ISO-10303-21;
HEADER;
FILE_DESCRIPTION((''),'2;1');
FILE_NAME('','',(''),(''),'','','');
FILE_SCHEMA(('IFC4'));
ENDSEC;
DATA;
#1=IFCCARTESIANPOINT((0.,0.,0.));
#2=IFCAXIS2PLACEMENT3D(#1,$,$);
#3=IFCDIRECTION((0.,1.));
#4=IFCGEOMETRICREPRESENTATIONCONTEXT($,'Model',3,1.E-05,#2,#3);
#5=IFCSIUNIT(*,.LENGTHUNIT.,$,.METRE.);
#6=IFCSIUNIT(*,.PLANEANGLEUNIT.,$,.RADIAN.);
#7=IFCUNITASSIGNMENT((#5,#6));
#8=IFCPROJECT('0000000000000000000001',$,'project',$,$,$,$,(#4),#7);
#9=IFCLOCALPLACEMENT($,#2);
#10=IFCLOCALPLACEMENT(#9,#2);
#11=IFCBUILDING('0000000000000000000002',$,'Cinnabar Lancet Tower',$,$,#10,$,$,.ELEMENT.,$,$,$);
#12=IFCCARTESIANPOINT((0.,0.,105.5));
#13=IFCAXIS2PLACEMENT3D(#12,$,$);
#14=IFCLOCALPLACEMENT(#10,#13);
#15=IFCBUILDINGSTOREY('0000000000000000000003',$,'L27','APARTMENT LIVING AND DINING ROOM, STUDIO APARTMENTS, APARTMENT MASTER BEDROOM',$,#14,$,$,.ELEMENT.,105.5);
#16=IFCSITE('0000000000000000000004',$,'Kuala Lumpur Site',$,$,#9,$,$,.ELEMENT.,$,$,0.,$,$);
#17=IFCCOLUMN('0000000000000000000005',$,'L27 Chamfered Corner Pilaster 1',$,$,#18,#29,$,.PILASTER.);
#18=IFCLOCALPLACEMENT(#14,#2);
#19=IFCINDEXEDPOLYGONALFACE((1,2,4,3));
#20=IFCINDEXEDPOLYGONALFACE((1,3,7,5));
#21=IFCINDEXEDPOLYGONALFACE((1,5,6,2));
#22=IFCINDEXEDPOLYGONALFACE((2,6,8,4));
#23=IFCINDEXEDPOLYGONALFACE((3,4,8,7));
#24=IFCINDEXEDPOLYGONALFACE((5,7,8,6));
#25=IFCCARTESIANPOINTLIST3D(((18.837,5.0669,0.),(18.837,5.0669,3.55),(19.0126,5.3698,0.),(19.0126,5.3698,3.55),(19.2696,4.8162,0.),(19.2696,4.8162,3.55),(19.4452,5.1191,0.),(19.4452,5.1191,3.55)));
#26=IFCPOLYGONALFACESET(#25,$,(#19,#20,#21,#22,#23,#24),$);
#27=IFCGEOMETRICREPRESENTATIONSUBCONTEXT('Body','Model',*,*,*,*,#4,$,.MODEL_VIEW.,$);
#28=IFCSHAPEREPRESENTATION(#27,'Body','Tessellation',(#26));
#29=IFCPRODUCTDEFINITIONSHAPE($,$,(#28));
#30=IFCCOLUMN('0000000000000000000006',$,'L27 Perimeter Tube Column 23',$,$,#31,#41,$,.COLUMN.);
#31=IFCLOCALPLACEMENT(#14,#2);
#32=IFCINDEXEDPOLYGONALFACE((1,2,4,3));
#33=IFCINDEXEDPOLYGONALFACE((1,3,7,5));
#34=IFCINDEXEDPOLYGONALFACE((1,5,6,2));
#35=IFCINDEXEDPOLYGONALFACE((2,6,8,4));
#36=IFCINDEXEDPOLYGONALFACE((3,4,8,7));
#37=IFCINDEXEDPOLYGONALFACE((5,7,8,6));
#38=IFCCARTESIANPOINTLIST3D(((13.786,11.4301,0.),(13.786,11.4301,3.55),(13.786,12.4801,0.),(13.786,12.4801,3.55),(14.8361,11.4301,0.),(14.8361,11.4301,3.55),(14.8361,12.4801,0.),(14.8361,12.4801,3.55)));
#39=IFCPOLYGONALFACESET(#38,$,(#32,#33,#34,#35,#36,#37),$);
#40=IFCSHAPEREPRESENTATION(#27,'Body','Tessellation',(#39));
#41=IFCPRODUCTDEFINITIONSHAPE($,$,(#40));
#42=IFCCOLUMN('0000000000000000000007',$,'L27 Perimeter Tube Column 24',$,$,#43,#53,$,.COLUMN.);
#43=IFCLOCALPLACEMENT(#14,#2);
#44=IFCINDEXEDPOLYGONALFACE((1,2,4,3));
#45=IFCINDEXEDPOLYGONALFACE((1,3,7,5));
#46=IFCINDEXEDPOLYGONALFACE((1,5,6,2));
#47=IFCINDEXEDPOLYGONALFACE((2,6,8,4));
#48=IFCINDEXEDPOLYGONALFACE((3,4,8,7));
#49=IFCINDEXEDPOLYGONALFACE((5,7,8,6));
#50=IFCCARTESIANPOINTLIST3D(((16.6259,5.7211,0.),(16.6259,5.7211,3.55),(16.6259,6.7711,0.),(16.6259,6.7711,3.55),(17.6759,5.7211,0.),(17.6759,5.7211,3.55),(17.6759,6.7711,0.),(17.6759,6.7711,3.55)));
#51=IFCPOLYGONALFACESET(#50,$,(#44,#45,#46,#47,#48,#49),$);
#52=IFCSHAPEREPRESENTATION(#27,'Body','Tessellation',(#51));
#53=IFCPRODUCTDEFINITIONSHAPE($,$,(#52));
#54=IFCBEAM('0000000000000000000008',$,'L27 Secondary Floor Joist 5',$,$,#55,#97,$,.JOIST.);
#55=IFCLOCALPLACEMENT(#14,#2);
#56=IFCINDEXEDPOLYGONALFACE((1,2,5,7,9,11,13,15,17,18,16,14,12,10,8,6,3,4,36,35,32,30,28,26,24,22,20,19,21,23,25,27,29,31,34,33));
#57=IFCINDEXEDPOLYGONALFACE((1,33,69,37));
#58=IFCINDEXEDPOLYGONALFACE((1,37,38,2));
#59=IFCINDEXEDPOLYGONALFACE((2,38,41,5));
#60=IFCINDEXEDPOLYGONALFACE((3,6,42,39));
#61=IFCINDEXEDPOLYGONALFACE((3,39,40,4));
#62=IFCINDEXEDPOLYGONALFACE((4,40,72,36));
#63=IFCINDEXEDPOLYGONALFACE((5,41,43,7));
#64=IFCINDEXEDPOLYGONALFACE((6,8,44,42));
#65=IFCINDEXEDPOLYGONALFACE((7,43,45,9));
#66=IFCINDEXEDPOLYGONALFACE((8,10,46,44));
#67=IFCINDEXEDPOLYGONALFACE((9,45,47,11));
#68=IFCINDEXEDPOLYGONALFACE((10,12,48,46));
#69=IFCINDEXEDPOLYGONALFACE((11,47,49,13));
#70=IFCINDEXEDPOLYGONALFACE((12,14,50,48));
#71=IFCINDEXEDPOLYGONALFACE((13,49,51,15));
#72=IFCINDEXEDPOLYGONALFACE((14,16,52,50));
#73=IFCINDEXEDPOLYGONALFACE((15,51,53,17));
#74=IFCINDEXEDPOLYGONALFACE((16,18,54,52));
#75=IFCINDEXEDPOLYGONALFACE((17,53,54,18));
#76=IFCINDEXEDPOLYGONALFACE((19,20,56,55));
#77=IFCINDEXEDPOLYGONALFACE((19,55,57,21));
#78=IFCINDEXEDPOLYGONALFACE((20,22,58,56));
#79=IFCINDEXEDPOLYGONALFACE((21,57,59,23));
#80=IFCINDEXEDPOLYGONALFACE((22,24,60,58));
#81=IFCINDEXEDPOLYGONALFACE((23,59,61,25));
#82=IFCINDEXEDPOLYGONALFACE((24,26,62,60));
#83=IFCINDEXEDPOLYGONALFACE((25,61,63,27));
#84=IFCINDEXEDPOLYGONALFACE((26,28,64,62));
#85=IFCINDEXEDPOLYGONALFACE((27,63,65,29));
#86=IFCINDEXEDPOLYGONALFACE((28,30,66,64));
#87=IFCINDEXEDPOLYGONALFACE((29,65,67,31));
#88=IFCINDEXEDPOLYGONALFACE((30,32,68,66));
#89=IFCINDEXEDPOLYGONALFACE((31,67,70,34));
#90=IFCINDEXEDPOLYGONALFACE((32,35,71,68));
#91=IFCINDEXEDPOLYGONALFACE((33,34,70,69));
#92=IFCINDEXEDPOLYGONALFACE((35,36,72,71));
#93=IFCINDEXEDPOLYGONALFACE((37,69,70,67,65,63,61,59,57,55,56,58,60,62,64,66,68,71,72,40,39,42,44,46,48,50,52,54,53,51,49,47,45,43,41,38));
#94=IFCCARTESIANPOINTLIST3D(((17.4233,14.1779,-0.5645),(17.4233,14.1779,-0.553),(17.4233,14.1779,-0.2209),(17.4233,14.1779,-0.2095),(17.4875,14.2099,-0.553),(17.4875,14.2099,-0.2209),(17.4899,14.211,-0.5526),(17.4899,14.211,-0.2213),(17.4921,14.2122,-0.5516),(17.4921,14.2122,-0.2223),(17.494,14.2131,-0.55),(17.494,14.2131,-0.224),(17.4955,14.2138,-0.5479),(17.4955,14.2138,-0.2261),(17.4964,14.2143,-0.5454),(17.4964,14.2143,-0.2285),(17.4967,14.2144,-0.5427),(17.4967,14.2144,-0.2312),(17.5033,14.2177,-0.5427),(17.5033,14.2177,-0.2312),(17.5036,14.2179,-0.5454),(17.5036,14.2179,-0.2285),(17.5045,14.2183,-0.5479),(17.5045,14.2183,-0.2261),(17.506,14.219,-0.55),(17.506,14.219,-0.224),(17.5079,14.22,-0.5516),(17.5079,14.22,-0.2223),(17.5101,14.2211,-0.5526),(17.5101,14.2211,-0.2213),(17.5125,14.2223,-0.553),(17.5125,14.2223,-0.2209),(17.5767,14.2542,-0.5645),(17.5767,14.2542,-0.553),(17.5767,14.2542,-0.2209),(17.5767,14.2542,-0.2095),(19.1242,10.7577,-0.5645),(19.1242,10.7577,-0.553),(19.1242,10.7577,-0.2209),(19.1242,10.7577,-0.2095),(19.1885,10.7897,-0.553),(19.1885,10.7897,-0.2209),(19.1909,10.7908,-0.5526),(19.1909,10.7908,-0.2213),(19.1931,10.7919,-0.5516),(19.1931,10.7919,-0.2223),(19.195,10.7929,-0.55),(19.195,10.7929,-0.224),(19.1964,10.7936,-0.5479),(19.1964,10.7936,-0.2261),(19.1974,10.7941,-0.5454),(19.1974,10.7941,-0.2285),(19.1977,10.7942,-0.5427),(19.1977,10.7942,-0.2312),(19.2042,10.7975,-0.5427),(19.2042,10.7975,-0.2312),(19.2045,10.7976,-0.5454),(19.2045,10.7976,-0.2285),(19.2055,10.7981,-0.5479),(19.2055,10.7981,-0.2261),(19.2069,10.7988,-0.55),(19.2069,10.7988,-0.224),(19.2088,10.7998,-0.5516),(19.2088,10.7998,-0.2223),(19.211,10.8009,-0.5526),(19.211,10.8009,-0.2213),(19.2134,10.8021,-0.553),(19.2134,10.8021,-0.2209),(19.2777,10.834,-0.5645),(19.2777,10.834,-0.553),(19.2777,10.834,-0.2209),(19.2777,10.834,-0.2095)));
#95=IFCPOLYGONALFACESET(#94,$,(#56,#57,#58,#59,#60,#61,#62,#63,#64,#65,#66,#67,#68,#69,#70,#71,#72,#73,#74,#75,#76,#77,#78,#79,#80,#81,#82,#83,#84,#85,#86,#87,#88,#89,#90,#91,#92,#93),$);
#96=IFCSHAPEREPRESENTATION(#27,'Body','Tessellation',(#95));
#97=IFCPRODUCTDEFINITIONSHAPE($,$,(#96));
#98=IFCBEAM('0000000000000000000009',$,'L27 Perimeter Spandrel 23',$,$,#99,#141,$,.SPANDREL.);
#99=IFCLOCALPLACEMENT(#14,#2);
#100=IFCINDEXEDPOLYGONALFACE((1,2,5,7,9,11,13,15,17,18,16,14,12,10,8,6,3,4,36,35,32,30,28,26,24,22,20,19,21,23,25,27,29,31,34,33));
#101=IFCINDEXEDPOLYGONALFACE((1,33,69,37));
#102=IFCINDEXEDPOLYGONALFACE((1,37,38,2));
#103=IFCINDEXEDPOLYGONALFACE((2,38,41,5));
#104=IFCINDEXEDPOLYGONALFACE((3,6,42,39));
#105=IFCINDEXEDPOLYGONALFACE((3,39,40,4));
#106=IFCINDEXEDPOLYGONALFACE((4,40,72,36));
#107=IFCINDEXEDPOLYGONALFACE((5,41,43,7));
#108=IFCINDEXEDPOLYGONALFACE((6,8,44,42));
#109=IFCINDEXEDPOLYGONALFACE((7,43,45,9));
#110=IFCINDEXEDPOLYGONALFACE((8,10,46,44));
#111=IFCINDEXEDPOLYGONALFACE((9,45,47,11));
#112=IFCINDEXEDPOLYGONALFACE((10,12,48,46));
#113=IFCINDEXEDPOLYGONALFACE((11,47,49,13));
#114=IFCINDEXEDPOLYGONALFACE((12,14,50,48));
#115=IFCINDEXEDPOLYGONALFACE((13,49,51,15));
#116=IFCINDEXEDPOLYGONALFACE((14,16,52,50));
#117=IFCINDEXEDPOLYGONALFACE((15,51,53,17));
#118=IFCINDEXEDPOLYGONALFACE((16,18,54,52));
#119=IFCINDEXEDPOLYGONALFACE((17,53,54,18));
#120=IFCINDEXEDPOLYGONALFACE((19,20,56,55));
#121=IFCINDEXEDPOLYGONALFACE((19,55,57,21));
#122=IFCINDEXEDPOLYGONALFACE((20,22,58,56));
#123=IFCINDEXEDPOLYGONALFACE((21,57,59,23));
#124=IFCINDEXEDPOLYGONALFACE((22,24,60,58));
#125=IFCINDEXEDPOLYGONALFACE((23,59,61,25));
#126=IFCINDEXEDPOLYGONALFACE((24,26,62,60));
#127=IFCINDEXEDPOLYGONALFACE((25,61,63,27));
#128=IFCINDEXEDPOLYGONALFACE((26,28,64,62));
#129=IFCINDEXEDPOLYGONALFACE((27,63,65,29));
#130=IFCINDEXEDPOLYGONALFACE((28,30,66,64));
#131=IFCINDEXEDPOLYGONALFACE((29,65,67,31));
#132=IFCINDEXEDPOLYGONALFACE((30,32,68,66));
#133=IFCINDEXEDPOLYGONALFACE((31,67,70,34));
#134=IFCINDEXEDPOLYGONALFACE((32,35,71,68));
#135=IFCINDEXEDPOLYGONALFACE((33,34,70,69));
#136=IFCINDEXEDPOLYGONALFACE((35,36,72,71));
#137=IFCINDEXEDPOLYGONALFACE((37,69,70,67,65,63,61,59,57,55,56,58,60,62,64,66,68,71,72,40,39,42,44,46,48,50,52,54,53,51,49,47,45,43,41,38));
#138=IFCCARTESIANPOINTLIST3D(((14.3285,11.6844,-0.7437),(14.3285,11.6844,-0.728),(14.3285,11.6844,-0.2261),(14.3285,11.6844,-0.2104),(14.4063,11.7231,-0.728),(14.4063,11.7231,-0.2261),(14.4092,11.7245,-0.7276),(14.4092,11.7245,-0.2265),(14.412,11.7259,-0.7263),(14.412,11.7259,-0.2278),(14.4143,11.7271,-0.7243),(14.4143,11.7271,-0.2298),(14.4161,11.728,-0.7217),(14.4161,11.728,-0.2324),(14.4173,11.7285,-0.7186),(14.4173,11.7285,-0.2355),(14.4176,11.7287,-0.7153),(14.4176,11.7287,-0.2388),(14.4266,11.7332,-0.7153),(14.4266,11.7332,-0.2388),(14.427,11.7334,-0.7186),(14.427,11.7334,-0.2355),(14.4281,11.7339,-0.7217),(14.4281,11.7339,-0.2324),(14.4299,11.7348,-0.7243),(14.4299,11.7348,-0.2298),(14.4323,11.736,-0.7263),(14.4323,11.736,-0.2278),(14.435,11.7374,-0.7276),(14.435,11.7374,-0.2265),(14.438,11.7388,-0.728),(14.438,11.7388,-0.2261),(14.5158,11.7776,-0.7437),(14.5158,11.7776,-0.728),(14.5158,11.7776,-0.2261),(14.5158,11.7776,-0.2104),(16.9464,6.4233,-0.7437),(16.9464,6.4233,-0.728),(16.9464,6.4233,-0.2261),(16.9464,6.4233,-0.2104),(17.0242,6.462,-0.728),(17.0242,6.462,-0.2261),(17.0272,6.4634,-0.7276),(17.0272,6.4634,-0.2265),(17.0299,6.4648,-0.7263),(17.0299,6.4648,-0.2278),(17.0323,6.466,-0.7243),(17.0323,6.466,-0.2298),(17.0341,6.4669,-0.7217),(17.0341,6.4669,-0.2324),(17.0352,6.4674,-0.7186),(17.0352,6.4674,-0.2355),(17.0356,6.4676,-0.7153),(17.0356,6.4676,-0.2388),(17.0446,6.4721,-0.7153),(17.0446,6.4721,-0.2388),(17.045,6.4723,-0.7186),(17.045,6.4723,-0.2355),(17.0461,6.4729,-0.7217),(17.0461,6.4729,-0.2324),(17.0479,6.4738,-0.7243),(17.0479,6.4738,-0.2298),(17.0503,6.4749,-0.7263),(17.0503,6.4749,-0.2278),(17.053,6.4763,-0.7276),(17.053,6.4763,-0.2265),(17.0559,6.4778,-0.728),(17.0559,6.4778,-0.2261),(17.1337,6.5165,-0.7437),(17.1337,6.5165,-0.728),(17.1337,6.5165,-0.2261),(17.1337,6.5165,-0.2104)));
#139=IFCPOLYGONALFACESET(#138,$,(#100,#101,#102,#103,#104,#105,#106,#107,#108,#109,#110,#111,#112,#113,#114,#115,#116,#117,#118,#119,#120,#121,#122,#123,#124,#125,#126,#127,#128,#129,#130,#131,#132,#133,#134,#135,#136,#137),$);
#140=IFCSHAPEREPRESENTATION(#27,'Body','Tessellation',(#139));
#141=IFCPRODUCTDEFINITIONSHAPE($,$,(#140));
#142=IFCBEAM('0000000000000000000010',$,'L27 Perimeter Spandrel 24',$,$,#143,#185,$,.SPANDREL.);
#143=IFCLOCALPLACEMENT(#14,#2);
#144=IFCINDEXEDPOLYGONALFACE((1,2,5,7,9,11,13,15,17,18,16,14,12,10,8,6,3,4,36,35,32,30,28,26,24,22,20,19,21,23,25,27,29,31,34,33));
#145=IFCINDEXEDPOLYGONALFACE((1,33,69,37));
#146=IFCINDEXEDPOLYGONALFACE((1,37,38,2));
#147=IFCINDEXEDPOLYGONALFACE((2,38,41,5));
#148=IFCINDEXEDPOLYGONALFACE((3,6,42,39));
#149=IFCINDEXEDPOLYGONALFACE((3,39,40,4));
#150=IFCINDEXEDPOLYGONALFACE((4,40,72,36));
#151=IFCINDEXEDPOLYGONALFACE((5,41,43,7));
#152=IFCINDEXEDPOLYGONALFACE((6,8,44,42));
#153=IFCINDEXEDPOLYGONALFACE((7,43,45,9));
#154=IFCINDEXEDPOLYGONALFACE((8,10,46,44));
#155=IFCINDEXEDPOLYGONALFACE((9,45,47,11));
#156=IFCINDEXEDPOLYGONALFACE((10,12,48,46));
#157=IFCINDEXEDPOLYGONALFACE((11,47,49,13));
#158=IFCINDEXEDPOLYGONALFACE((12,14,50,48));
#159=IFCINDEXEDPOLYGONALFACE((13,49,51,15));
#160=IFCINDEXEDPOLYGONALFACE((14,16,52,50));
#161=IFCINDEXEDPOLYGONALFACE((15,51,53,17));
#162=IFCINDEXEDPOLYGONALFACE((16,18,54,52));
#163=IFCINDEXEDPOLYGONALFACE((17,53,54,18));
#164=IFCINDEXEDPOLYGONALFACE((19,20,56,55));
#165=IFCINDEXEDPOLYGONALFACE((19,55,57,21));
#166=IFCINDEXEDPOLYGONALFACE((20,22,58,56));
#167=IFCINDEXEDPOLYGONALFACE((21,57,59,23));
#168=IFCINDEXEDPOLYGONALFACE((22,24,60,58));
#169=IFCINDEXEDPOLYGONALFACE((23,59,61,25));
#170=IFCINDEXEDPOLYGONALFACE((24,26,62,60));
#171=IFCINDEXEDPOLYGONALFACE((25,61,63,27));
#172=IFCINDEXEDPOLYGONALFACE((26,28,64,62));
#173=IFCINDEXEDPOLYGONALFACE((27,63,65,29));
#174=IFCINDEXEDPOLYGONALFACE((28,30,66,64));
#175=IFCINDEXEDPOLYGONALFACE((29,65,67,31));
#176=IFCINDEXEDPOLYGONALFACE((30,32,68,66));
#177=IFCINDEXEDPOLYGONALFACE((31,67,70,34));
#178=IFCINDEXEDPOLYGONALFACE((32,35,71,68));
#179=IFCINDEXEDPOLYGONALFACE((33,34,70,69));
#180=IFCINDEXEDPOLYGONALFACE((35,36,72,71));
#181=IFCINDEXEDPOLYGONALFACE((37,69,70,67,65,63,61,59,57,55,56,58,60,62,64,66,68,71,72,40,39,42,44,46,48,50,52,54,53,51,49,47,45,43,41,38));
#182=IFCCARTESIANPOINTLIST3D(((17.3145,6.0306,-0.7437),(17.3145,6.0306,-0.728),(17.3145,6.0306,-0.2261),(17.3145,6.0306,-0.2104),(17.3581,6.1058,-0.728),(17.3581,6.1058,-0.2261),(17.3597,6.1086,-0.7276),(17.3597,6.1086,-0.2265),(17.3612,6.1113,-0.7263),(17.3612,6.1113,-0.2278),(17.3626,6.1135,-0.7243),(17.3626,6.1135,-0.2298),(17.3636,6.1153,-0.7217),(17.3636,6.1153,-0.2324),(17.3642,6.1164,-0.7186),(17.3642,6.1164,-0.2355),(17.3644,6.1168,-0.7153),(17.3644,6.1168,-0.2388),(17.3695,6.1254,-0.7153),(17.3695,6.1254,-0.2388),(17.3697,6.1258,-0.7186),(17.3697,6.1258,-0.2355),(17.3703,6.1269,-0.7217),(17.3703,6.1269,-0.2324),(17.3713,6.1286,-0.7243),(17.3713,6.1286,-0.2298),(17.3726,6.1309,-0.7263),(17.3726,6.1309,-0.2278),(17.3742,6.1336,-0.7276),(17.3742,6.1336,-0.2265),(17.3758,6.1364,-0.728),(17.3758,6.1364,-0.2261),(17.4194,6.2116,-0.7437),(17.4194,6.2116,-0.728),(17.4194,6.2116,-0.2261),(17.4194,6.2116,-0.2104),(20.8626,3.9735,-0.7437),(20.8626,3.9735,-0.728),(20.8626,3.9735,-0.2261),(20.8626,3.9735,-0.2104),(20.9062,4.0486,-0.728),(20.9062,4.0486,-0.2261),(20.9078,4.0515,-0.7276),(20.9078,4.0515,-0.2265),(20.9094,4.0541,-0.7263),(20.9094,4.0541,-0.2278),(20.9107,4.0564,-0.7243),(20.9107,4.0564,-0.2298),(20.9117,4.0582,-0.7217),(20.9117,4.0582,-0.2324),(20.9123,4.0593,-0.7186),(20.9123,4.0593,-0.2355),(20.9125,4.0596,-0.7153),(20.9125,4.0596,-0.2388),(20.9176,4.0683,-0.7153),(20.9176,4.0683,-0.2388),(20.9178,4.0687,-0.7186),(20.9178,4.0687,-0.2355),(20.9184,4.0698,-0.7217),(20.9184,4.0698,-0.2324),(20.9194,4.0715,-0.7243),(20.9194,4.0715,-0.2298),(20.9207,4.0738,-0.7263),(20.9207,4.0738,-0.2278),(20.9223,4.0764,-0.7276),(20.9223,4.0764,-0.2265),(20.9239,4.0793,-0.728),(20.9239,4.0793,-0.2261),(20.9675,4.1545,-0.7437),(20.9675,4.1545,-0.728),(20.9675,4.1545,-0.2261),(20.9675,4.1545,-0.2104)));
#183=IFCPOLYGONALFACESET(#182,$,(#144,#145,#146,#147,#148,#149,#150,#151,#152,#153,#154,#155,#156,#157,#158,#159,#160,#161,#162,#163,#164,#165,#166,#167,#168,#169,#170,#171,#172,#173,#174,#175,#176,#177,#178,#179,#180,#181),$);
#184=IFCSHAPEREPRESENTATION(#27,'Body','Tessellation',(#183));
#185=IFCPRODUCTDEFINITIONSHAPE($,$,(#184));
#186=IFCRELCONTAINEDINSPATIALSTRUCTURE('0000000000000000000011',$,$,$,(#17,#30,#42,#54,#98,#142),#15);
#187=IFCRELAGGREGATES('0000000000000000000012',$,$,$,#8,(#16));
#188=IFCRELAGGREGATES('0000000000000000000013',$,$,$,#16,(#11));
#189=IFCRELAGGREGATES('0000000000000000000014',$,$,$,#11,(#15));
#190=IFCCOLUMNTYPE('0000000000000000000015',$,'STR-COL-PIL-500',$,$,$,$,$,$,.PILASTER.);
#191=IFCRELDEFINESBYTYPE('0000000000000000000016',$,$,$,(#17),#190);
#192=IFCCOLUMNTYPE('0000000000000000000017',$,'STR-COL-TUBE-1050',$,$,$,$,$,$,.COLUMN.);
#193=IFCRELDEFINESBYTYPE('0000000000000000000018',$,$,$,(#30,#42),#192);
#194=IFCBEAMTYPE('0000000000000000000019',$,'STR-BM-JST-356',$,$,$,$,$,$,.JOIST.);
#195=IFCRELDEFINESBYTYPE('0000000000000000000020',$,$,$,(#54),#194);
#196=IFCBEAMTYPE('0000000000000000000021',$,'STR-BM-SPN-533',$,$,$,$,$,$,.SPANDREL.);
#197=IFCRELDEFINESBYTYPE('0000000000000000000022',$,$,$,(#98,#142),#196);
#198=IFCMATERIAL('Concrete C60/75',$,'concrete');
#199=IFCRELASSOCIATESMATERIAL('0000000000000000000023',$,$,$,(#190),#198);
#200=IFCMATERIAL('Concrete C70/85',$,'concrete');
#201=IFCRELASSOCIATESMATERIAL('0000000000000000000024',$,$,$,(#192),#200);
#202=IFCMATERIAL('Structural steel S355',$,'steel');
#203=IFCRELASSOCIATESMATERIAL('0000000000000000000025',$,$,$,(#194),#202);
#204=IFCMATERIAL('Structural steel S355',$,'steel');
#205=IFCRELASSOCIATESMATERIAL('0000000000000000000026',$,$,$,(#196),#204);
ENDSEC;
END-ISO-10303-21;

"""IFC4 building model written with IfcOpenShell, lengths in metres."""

from ifc_helpers import new_model, si_unit, direction, frame, origin, origin_2d, place, context, subcontext, project, spatial, rectangle, i_section, extrude, material, material_profile, profile_set, type_object, element, save


model = new_model("IFC4")

# Units and contexts
model_context = context("Model", 3, precision=1e-05, world=origin(), true_north=direction((0.0, 1.0)))
body_context = subcontext(model_context, "Body", "Model", "MODEL_VIEW")
ifc_project = project(units=[si_unit("LENGTHUNIT", "METRE"), si_unit("PLANEANGLEUNIT", "RADIAN")], contexts=[model_context])

# Site, building, storey
site_placement = place(None, origin())
site = spatial("IfcSite", under=ifc_project, at=site_placement, Name="Kuala Lumpur Site", CompositionType="ELEMENT", RefElevation=0.0)
building_placement = place(site_placement, origin())
building = spatial("IfcBuilding", under=site, at=building_placement, Name="Cinnabar Lancet Tower", CompositionType="ELEMENT")
storey_placement = place(building_placement, frame((0.0, 0.0, 105.5)))
storey = spatial("IfcBuildingStorey", under=building, at=storey_placement, Name="L27", Description="APARTMENT LIVING AND DINING ROOM, STUDIO APARTMENTS, APARTMENT MASTER BEDROOM", CompositionType="ELEMENT", Elevation=105.5)

# Columns
ifc_material_1 = material(Name="Concrete C60/75", Category="concrete")
ifc_material_profile_1 = material_profile(ifc_material_1, rectangle(XDim=0.5, YDim=0.3501, at=origin_2d()), Name="RC-PIL 500x350")
ifc_profile_set_1 = profile_set([ifc_material_profile_1], Name="Concrete C60/75")
column_type_1 = type_object("IfcColumnType", Name="STR-COL-PIL-500", PredefinedType="PILASTER", material=ifc_profile_set_1)
column_placement = place(storey_placement, frame((19.1411, 5.093, 0.0), z_axis=(0.0, 0.0, 1.0), x_axis=(0.86516, -0.501496, 0.0)))
element("IfcColumn", 1, at=column_placement, inside=storey, type_object=column_type_1, Name="L27 Chamfered Corner Pilaster 1", PredefinedType="PILASTER", context=body_context, shape_type="SweptSolid", body=[
    extrude(rectangle(XDim=0.5, YDim=0.3501, at=origin_2d()), origin(), (0.0, 0.0, 1.0), 3.55),
])
ifc_material_2 = material(Name="Concrete C70/85", Category="concrete")
ifc_material_profile_2 = material_profile(ifc_material_2, rectangle(XDim=1.05, YDim=1.05, at=origin_2d()), Name="RC-COL 1050x1050")
ifc_profile_set_2 = profile_set([ifc_material_profile_2], Name="Concrete C70/85")
column_type_2 = type_object("IfcColumnType", Name="STR-COL-TUBE-1050", PredefinedType="COLUMN", material=ifc_profile_set_2)
for number, where, z_axis, x_axis, name in (
    (2, (14.311, 11.9551, 0.0), (0.0, 0.0, 1.0), (1.0, 0.0, 0.0), "L27 Perimeter Tube Column 23"),
    (3, (17.1509, 6.2461, 0.0), (0.0, 0.0, 1.0), (1.0, 0.0, 0.0), "L27 Perimeter Tube Column 24"),
):
    element("IfcColumn", number, at=place(storey_placement, frame(where, z_axis=z_axis, x_axis=x_axis)), inside=storey, type_object=column_type_2, Name=name, PredefinedType="COLUMN", context=body_context, shape_type="SweptSolid", body=[
        extrude(rectangle(XDim=1.05, YDim=1.05, at=origin_2d()), origin(), (0.0, 0.0, 1.0), 3.55),
    ])

# Beams
ifc_material_3 = material(Name="Structural steel S355", Category="steel")
ifc_material_profile_3 = material_profile(ifc_material_3, i_section(OverallWidth=0.1714, OverallDepth=0.355, WebThickness=0.0073, FlangeThickness=0.0115, FilletRadius=0.0103, at=origin_2d()), Name="UKB 356x171x51")
ifc_profile_set_3 = profile_set([ifc_material_profile_3], Name="Structural steel S355")
beam_type_1 = type_object("IfcBeamType", Name="STR-BM-JST-356", PredefinedType="JOIST", material=ifc_profile_set_3)
beam_1_placement = place(storey_placement, frame((17.5, 14.2161, -0.387), z_axis=(0.445295, -0.895384, 0.0), x_axis=(0.895384, 0.445295, 0.0)))
element("IfcBeam", 4, at=beam_1_placement, inside=storey, type_object=beam_type_1, Name="L27 Secondary Floor Joist 5", PredefinedType="JOIST", context=body_context, shape_type="SweptSolid", body=[
    extrude(i_section(OverallWidth=0.1714, OverallDepth=0.355, WebThickness=0.0073, FlangeThickness=0.0115, FilletRadius=0.0103, at=origin_2d()), origin(), (0.0, 0.0, 1.0), 3.8198),
])
ifc_material_4 = material(Name="Structural steel S355", Category="steel")
ifc_material_profile_4 = material_profile(ifc_material_4, i_section(OverallWidth=0.2092, OverallDepth=0.5332, WebThickness=0.01, FlangeThickness=0.0156, FilletRadius=0.0127, at=origin_2d()), Name="UKB 533x210x92")
ifc_profile_set_4 = profile_set([ifc_material_profile_4], Name="Structural steel S355")
beam_type_2 = type_object("IfcBeamType", Name="STR-BM-SPN-533", PredefinedType="SPANDREL", material=ifc_profile_set_4)
beam_2_placement = place(storey_placement, frame((14.4221, 11.731, -0.4771), z_axis=(0.445501, -0.895281, 0.0), x_axis=(0.895281, 0.445501, 0.0)))
element("IfcBeam", 5, at=beam_2_placement, inside=storey, type_object=beam_type_2, Name="L27 Perimeter Spandrel 23", PredefinedType="SPANDREL", context=body_context, shape_type="SweptSolid", body=[
    extrude(i_section(OverallWidth=0.2092, OverallDepth=0.5332, WebThickness=0.01, FlangeThickness=0.0156, FilletRadius=0.0127, at=origin_2d()), origin(), (0.0, 0.0, 1.0), 5.8765),
])
beam_3_placement = place(storey_placement, frame((17.3669, 6.1211, -0.4771), z_axis=(0.865112, -0.501578, 0.0), x_axis=(0.501578, 0.865112, 0.0)))
element("IfcBeam", 6, at=beam_3_placement, inside=storey, type_object=beam_type_2, Name="L27 Perimeter Spandrel 24", PredefinedType="SPANDREL", context=body_context, shape_type="SweptSolid", body=[
    extrude(i_section(OverallWidth=0.2092, OverallDepth=0.5332, WebThickness=0.01, FlangeThickness=0.0156, FilletRadius=0.0127, at=origin_2d()), origin(), (0.0, 0.0, 1.0), 4.1013),
])

save(model, "model.ifc")
